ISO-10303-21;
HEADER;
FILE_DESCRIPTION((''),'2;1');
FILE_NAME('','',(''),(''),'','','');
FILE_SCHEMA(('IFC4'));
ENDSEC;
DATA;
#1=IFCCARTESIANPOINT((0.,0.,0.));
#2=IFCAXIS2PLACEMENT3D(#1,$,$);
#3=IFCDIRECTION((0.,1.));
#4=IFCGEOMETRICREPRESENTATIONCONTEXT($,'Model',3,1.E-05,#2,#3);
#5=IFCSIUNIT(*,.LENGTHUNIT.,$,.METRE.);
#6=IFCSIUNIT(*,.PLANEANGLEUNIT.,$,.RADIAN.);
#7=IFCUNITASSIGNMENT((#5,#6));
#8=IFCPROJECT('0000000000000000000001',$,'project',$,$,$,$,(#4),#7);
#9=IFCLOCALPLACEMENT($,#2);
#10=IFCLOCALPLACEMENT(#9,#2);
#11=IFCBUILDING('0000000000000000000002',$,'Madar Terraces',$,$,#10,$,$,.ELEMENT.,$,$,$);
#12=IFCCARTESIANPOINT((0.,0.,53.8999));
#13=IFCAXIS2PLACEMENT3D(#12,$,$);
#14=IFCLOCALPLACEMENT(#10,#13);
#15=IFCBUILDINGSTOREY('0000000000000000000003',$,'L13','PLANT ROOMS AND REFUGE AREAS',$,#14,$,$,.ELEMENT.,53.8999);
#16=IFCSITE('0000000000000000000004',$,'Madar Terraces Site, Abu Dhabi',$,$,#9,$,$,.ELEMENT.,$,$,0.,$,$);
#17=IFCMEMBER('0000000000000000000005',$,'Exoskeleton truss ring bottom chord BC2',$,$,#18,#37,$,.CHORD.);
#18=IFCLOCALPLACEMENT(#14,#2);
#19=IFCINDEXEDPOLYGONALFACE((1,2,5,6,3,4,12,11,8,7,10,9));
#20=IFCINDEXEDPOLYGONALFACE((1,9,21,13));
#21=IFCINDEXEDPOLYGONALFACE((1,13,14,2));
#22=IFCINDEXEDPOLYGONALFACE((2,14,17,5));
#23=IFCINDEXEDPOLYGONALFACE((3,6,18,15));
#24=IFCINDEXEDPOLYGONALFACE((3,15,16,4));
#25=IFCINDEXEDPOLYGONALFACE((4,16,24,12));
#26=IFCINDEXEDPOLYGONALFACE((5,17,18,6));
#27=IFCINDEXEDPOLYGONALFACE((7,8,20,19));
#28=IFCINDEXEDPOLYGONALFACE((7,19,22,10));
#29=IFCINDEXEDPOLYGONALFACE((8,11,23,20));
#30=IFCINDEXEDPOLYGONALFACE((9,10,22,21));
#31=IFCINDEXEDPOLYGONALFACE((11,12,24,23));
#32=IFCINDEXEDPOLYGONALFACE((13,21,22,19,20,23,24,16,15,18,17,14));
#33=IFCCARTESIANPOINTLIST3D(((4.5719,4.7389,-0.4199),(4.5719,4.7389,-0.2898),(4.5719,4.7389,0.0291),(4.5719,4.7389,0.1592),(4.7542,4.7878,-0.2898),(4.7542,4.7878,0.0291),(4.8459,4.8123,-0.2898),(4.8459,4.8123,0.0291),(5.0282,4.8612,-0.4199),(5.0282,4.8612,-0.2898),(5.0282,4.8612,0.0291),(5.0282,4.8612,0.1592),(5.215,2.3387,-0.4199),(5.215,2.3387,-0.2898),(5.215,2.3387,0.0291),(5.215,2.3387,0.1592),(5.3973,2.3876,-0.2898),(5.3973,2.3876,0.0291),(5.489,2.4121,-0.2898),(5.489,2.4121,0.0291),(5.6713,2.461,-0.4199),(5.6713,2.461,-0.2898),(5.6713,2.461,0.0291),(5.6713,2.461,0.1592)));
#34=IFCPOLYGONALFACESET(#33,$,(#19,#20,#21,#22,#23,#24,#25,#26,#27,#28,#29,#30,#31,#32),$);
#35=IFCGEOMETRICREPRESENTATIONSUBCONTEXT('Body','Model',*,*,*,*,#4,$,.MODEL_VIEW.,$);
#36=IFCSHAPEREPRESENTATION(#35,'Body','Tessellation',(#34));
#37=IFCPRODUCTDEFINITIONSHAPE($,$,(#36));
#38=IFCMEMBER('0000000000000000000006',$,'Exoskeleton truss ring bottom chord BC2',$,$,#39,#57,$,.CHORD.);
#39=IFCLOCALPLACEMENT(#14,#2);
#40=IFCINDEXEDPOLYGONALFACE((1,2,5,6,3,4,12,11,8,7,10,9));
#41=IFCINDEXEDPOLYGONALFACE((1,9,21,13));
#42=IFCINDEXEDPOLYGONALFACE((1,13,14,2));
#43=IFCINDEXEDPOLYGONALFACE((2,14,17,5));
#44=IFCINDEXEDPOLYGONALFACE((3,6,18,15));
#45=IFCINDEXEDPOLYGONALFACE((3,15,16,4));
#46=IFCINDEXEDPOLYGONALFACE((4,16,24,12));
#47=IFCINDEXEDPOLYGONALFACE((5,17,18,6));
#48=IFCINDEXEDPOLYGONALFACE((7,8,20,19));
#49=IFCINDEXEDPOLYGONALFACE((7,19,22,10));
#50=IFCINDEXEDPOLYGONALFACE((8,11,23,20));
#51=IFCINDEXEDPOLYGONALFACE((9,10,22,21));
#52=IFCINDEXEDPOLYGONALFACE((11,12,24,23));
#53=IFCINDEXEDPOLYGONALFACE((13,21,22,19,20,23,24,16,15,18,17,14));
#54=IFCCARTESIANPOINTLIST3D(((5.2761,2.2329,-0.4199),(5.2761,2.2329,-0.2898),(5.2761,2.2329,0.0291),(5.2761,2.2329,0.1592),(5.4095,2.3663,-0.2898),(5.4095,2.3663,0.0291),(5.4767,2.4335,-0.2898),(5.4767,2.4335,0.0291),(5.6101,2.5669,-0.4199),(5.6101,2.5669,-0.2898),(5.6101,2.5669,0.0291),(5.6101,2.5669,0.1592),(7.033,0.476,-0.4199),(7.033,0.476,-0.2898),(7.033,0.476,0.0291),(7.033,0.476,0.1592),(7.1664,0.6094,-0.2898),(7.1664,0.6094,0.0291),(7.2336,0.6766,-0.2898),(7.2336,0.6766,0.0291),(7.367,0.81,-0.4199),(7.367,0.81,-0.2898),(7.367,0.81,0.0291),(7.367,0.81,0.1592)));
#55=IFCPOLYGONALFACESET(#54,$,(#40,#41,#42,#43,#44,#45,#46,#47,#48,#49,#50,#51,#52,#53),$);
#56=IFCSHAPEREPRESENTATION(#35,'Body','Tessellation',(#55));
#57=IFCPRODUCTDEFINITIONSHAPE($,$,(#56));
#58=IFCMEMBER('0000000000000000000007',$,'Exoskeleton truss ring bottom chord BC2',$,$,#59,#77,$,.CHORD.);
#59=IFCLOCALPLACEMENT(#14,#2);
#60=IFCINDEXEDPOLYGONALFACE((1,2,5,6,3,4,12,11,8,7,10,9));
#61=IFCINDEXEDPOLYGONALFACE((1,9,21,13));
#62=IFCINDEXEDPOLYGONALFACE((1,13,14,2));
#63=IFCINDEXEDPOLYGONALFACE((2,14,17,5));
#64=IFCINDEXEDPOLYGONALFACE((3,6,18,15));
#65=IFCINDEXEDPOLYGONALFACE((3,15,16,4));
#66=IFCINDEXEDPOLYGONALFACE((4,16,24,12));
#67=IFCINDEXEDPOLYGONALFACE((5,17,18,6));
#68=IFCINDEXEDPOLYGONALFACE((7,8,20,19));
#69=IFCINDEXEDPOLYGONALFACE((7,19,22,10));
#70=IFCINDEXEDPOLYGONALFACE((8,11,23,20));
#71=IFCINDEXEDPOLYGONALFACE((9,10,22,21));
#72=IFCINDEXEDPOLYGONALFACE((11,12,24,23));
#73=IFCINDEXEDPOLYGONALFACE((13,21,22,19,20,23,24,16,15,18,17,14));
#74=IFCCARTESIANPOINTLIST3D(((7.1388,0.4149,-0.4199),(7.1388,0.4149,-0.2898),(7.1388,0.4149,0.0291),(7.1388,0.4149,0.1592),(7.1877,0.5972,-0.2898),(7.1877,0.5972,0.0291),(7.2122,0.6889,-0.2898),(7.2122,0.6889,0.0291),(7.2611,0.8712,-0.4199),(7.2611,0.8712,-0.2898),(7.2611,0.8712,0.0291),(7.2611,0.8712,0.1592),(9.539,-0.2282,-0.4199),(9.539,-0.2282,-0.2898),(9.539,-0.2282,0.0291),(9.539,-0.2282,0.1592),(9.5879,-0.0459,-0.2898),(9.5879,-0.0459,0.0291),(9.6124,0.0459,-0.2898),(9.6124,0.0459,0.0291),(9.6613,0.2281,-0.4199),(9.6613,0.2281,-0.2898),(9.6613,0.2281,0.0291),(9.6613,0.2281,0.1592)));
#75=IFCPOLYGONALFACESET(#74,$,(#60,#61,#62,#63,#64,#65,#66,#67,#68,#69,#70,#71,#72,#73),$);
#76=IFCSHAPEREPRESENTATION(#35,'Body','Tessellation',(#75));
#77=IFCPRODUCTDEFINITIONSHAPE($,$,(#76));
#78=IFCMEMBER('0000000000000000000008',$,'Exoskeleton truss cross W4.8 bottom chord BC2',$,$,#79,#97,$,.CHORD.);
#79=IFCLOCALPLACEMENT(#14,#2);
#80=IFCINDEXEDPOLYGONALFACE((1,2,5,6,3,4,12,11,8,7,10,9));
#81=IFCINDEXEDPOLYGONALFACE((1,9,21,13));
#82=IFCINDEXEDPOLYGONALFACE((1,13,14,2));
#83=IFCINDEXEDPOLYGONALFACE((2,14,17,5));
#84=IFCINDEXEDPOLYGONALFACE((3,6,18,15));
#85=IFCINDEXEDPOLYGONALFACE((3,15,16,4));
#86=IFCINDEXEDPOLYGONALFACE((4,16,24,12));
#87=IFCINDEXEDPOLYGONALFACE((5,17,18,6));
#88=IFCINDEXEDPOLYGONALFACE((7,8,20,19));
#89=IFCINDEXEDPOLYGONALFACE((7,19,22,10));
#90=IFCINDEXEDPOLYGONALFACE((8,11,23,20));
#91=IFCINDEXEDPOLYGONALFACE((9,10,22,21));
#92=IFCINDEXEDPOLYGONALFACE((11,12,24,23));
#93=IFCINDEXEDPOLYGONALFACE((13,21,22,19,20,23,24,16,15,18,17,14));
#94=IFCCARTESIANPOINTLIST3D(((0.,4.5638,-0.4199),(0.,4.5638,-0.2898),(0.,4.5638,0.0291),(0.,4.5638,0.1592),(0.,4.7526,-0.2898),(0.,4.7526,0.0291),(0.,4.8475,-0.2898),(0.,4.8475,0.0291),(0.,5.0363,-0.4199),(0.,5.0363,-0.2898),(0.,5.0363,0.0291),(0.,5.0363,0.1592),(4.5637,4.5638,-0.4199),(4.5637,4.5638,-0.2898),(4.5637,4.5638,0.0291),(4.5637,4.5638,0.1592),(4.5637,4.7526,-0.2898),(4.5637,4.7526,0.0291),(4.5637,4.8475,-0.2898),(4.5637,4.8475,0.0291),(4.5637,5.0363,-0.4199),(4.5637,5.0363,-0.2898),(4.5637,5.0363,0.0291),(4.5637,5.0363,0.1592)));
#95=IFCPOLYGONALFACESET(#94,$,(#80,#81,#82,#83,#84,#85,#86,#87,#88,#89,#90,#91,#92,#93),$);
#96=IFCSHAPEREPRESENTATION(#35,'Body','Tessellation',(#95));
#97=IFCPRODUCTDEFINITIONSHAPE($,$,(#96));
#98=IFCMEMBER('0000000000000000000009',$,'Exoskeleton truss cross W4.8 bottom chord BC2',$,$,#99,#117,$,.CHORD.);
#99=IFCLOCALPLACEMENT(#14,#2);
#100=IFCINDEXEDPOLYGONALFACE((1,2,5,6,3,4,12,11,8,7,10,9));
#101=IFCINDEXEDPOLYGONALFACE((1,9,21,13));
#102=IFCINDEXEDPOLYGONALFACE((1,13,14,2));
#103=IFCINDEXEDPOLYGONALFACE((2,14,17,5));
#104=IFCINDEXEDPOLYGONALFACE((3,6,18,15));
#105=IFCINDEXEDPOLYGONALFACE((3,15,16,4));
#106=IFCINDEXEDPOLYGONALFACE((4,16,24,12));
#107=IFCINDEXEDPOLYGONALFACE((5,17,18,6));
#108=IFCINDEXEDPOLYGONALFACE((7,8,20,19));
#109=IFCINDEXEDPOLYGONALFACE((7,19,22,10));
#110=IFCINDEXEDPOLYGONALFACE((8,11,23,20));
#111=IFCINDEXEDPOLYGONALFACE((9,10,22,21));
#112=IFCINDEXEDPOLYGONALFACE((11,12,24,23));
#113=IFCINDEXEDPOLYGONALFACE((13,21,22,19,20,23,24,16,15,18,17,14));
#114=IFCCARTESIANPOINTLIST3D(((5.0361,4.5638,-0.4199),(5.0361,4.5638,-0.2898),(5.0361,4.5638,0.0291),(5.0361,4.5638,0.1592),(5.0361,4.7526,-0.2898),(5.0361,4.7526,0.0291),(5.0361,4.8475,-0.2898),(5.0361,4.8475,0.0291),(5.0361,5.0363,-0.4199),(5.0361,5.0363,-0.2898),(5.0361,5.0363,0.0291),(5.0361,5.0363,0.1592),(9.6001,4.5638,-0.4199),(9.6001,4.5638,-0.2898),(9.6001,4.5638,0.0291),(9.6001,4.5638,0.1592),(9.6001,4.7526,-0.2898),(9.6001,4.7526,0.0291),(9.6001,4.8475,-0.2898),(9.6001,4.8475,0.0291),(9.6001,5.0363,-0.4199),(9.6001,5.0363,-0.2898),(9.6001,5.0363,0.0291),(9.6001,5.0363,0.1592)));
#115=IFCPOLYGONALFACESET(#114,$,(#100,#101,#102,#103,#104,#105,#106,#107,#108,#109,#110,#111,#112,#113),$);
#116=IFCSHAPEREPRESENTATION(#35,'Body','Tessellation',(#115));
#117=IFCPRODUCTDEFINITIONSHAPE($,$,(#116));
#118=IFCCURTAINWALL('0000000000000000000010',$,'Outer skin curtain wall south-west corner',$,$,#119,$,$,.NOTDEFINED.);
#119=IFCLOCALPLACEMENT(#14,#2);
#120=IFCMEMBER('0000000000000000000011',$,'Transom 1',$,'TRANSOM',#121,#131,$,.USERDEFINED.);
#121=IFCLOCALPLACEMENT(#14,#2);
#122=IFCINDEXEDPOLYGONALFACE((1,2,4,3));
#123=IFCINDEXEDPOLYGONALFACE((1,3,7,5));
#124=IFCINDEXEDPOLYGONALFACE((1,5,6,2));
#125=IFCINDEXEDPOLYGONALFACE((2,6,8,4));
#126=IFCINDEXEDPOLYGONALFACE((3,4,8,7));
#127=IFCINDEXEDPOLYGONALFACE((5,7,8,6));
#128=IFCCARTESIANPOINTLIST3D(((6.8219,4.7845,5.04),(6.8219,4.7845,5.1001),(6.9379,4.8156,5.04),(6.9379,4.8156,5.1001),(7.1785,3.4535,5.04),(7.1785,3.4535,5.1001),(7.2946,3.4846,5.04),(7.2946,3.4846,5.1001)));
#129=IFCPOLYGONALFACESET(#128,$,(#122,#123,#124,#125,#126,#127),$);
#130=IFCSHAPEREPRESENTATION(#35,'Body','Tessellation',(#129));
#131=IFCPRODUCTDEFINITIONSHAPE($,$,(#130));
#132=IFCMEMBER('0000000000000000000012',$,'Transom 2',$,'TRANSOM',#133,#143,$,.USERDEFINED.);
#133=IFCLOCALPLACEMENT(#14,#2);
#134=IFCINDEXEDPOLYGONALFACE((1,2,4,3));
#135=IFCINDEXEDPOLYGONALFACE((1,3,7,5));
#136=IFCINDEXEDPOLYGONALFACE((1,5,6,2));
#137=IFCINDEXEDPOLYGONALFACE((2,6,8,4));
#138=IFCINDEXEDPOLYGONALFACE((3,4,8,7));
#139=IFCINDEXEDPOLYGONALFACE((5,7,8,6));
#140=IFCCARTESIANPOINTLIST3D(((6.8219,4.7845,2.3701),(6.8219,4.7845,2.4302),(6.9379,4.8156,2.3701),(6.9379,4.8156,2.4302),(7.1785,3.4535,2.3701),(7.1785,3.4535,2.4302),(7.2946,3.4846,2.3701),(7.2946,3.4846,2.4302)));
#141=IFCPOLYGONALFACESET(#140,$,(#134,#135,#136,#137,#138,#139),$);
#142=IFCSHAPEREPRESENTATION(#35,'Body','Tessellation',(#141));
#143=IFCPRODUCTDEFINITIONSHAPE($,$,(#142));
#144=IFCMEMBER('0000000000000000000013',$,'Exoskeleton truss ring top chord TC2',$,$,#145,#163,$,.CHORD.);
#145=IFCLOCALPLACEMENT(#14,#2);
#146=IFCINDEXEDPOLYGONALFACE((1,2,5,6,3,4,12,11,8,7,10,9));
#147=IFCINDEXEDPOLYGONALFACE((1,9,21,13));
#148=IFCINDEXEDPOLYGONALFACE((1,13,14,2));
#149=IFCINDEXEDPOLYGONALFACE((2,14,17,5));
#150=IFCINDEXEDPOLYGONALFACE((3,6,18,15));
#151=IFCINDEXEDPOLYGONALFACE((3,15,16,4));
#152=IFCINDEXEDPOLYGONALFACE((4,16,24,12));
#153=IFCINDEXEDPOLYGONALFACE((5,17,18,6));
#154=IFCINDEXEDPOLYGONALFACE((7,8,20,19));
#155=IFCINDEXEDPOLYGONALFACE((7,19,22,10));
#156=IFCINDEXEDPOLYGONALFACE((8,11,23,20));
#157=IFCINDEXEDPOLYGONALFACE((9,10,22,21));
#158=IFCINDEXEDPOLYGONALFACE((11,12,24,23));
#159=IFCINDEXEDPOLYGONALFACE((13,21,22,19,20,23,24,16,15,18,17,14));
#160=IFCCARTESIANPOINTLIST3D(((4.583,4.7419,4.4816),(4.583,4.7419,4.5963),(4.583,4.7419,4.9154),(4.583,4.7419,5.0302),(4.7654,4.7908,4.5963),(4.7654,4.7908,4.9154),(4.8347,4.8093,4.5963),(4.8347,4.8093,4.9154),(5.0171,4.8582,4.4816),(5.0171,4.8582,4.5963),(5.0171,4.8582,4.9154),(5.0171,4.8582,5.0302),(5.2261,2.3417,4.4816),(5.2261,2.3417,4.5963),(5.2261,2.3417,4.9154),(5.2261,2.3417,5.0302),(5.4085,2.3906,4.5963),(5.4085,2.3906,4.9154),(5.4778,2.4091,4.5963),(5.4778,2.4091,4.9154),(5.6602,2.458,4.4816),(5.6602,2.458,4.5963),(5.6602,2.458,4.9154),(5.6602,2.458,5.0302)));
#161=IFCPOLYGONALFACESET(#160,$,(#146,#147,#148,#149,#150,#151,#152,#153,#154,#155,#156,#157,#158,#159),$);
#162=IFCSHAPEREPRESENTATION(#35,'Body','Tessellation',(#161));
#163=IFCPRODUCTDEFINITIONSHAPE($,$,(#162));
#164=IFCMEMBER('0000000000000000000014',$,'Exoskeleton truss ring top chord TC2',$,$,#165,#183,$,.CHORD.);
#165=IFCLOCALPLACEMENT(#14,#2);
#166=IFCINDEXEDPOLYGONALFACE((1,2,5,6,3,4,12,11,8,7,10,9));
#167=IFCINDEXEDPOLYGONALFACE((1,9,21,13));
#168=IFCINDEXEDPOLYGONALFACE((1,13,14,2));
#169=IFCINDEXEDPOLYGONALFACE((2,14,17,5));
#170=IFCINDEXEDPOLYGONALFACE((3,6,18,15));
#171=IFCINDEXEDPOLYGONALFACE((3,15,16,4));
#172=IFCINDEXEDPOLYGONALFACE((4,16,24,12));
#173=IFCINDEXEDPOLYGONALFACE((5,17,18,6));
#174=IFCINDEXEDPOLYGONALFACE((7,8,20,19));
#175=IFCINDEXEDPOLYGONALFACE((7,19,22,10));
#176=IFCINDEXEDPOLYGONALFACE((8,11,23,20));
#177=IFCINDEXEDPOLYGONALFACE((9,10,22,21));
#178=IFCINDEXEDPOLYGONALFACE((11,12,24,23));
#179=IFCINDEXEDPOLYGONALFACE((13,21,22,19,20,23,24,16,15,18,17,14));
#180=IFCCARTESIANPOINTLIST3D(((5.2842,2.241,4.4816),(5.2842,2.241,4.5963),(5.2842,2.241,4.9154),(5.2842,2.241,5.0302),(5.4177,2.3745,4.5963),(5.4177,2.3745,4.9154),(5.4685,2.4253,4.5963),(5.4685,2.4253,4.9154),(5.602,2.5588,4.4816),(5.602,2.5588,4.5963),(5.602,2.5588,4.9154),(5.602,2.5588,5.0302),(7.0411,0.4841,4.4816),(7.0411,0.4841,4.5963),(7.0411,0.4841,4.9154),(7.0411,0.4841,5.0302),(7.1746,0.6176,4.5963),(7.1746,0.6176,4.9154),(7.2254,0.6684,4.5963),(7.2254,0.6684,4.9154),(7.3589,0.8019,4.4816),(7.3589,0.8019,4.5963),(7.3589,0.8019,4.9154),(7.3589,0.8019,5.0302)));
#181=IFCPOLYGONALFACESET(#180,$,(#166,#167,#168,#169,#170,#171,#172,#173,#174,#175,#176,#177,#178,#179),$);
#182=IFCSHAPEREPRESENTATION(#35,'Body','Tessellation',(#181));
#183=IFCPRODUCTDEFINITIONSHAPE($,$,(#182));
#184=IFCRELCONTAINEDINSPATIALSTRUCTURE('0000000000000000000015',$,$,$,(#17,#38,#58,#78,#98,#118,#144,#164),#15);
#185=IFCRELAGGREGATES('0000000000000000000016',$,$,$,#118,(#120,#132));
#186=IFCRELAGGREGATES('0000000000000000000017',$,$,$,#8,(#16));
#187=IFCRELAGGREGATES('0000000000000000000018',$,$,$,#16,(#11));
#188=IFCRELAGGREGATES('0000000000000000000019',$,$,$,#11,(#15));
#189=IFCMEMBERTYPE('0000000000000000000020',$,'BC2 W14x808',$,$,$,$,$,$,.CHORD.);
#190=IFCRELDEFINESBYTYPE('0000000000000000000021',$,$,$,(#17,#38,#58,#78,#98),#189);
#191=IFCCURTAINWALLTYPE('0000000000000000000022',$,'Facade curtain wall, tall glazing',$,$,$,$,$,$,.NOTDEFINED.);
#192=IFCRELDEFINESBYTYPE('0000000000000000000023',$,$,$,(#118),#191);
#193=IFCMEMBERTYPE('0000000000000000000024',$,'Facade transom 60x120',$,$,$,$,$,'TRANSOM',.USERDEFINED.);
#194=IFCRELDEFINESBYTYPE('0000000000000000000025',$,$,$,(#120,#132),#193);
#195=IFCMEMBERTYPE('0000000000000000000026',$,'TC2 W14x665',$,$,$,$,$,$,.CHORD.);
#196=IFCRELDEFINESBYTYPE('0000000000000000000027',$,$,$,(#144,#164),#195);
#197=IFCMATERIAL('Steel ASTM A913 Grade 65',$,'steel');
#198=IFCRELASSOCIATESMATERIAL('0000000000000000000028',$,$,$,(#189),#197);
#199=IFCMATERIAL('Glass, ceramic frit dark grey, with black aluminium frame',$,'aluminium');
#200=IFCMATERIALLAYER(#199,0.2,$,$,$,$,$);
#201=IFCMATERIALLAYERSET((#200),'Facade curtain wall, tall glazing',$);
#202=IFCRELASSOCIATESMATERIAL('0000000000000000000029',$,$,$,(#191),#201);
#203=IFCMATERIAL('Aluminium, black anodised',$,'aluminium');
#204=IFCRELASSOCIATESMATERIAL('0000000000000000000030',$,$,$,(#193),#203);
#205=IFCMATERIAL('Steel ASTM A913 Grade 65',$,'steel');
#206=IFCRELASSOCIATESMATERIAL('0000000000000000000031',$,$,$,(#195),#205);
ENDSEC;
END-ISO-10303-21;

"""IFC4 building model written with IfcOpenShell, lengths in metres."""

from ifc_helpers import new_model, si_unit, direction, frame, origin, origin_2d, place, context, subcontext, project, spatial, rectangle, i_section, extrude, material, layer, layer_set, material_profile, profile_set, type_object, element, aggregate, save


model = new_model("IFC4")

# Units and contexts
model_context = context("Model", 3, precision=1e-05, world=origin(), true_north=direction((0.0, 1.0)))
body_context = subcontext(model_context, "Body", "Model", "MODEL_VIEW")
ifc_project = project(units=[si_unit("LENGTHUNIT", "METRE"), si_unit("PLANEANGLEUNIT", "RADIAN")], contexts=[model_context])

# Site, building, storey
site_placement = place(None, origin())
site = spatial("IfcSite", under=ifc_project, at=site_placement, Name="Madar Terraces Site, Abu Dhabi", CompositionType="ELEMENT", RefElevation=0.0)
building_placement = place(site_placement, origin())
building = spatial("IfcBuilding", under=site, at=building_placement, Name="Madar Terraces", CompositionType="ELEMENT")
storey_placement = place(building_placement, frame((0.0, 0.0, 53.8999)))
storey = spatial("IfcBuildingStorey", under=building, at=storey_placement, Name="L13", Description="PLANT ROOMS AND REFUGE AREAS", CompositionType="ELEMENT", Elevation=53.8999)

# Members
ifc_material_1 = material(Name="Steel ASTM A913 Grade 65", Category="steel")
ifc_material_profile_1 = material_profile(ifc_material_1, i_section(OverallWidth=0.4724, OverallDepth=0.5791, WebThickness=0.095, FlangeThickness=0.1301, at=origin_2d()), Name="W14x808")
ifc_profile_set_1 = profile_set([ifc_material_profile_1], Name="Steel ASTM A913 Grade 65")
member_type_1 = type_object("IfcMemberType", Name="BC2 W14x808", PredefinedType="CHORD", material=ifc_profile_set_1)
member_1_placement = place(storey_placement, frame((4.8, 4.8, -0.1304), z_axis=(0.2588, -0.965931, 0.0), x_axis=(0.965931, 0.2588, 0.0)))
element("IfcMember", 1, at=member_1_placement, inside=storey, type_object=member_type_1, Name="Exoskeleton truss ring bottom chord BC2", PredefinedType="CHORD", context=body_context, shape_type="SweptSolid", body=[
    extrude(i_section(OverallWidth=0.4724, OverallDepth=0.5791, WebThickness=0.095, FlangeThickness=0.1301, at=origin_2d()), origin(), (0.0, 0.0, 1.0), 2.4849),
])
member_2_placement = place(storey_placement, frame((5.4431, 2.3999, -0.1304), z_axis=(0.707107, -0.707107, 0.0), x_axis=(0.707107, 0.707107, 0.0)))
element("IfcMember", 2, at=member_2_placement, inside=storey, type_object=member_type_1, Name="Exoskeleton truss ring bottom chord BC2", PredefinedType="CHORD", context=body_context, shape_type="SweptSolid", body=[
    extrude(i_section(OverallWidth=0.4724, OverallDepth=0.5791, WebThickness=0.095, FlangeThickness=0.1301, at=origin_2d()), origin(), (0.0, 0.0, 1.0), 2.4846),
])
member_3_placement = place(storey_placement, frame((7.2, 0.6431, -0.1304), z_axis=(0.965931, -0.2588, 0.0), x_axis=(0.2588, 0.965931, 0.0)))
element("IfcMember", 3, at=member_3_placement, inside=storey, type_object=member_type_1, Name="Exoskeleton truss ring bottom chord BC2", PredefinedType="CHORD", context=body_context, shape_type="SweptSolid", body=[
    extrude(i_section(OverallWidth=0.4724, OverallDepth=0.5791, WebThickness=0.095, FlangeThickness=0.1301, at=origin_2d()), origin(), (0.0, 0.0, 1.0), 2.4849),
])
member_4_placement = place(storey_placement, frame((0.0, 4.8, -0.1304), z_axis=(1.0, 0.0, 0.0), x_axis=(0.0, 1.0, 0.0)))
element("IfcMember", 4, at=member_4_placement, inside=storey, type_object=member_type_1, Name="Exoskeleton truss cross W4.8 bottom chord BC2", PredefinedType="CHORD", context=body_context, shape_type="SweptSolid", body=[
    extrude(i_section(OverallWidth=0.4724, OverallDepth=0.5791, WebThickness=0.095, FlangeThickness=0.1301, at=origin_2d()), origin(), (0.0, 0.0, 1.0), 4.5637),
])
member_5_placement = place(storey_placement, frame((5.0361, 4.8, -0.1304), z_axis=(1.0, 0.0, 0.0), x_axis=(0.0, 1.0, 0.0)))
element("IfcMember", 5, at=member_5_placement, inside=storey, type_object=member_type_1, Name="Exoskeleton truss cross W4.8 bottom chord BC2", PredefinedType="CHORD", context=body_context, shape_type="SweptSolid", body=[
    extrude(i_section(OverallWidth=0.4724, OverallDepth=0.5791, WebThickness=0.095, FlangeThickness=0.1301, at=origin_2d()), origin(), (0.0, 0.0, 1.0), 4.564),
])

# Curtain wall, members
ifc_material_2 = material(Name="Glass, ceramic frit dark grey, with black aluminium frame", Category="aluminium")
ifc_layer_1 = layer(ifc_material_2, 0.2)
ifc_layer_set_1 = layer_set([ifc_layer_1], Name="Facade curtain wall, tall glazing")
curtain_wall_type = type_object("IfcCurtainWallType", Name="Facade curtain wall, tall glazing", PredefinedType="NOTDEFINED", material=ifc_layer_set_1)
curtain_wall_placement = place(storey_placement, origin())
curtain_wall = element("IfcCurtainWall", 6, at=curtain_wall_placement, inside=storey, type_object=curtain_wall_type, Name="Outer skin curtain wall south-west corner", PredefinedType="NOTDEFINED")
ifc_material_3 = material(Name="Aluminium, black anodised", Category="aluminium")
ifc_material_profile_2 = material_profile(ifc_material_3, rectangle(XDim=0.1201, YDim=0.0601, at=origin_2d()), Name="Facade transom 60x120")
ifc_profile_set_2 = profile_set([ifc_material_profile_2], Name="Aluminium, black anodised")
member_type_2 = type_object("IfcMemberType", Name="Facade transom 60x120", ElementType="TRANSOM", PredefinedType="USERDEFINED", material=ifc_profile_set_2)
member_6_placement = place(storey_placement, frame((6.8799, 4.8, 5.0701), z_axis=(0.258842, -0.96592, 0.0), x_axis=(0.96592, 0.258842, 0.0)))
member_6 = element("IfcMember", 7, at=member_6_placement, type_object=member_type_2, Name="Transom 1", ObjectType="TRANSOM", PredefinedType="USERDEFINED", context=body_context, shape_type="SweptSolid", body=[
    extrude(rectangle(XDim=0.1201, YDim=0.0601, at=origin_2d()), origin(), (0.0, 0.0, 1.0), 1.3779),
])
member_7_placement = place(storey_placement, frame((6.8799, 4.8, 2.4001), z_axis=(0.258842, -0.96592, 0.0), x_axis=(0.96592, 0.258842, 0.0)))
member_7 = element("IfcMember", 8, at=member_7_placement, type_object=member_type_2, Name="Transom 2", ObjectType="TRANSOM", PredefinedType="USERDEFINED", context=body_context, shape_type="SweptSolid", body=[
    extrude(rectangle(XDim=0.1201, YDim=0.0601, at=origin_2d()), origin(), (0.0, 0.0, 1.0), 1.3779),
])

# Members
ifc_material_4 = material(Name="Steel ASTM A913 Grade 65", Category="steel")
ifc_material_profile_3 = material_profile(ifc_material_4, i_section(OverallWidth=0.4495, OverallDepth=0.5486, WebThickness=0.0718, FlangeThickness=0.1147, at=origin_2d()), Name="W14x665")
ifc_profile_set_3 = profile_set([ifc_material_profile_3], Name="Steel ASTM A913 Grade 65")
member_type_3 = type_object("IfcMemberType", Name="TC2 W14x665", PredefinedType="CHORD", material=ifc_profile_set_3)
member_8_placement = place(storey_placement, frame((4.8, 4.8, 4.7559), z_axis=(0.2588, -0.965931, 0.0), x_axis=(0.965931, 0.2588, 0.0)))
element("IfcMember", 9, at=member_8_placement, inside=storey, type_object=member_type_3, Name="Exoskeleton truss ring top chord TC2", PredefinedType="CHORD", context=body_context, shape_type="SweptSolid", body=[
    extrude(i_section(OverallWidth=0.4495, OverallDepth=0.5486, WebThickness=0.0718, FlangeThickness=0.1147, at=origin_2d()), origin(), (0.0, 0.0, 1.0), 2.4849),
])
member_9_placement = place(storey_placement, frame((5.4431, 2.3999, 4.7559), z_axis=(0.707107, -0.707107, 0.0), x_axis=(0.707107, 0.707107, 0.0)))
element("IfcMember", 10, at=member_9_placement, inside=storey, type_object=member_type_3, Name="Exoskeleton truss ring top chord TC2", PredefinedType="CHORD", context=body_context, shape_type="SweptSolid", body=[
    extrude(i_section(OverallWidth=0.4495, OverallDepth=0.5486, WebThickness=0.0718, FlangeThickness=0.1147, at=origin_2d()), origin(), (0.0, 0.0, 1.0), 2.4846),
])

aggregate(curtain_wall, [member_6, member_7])

save(model, "model.ifc")
